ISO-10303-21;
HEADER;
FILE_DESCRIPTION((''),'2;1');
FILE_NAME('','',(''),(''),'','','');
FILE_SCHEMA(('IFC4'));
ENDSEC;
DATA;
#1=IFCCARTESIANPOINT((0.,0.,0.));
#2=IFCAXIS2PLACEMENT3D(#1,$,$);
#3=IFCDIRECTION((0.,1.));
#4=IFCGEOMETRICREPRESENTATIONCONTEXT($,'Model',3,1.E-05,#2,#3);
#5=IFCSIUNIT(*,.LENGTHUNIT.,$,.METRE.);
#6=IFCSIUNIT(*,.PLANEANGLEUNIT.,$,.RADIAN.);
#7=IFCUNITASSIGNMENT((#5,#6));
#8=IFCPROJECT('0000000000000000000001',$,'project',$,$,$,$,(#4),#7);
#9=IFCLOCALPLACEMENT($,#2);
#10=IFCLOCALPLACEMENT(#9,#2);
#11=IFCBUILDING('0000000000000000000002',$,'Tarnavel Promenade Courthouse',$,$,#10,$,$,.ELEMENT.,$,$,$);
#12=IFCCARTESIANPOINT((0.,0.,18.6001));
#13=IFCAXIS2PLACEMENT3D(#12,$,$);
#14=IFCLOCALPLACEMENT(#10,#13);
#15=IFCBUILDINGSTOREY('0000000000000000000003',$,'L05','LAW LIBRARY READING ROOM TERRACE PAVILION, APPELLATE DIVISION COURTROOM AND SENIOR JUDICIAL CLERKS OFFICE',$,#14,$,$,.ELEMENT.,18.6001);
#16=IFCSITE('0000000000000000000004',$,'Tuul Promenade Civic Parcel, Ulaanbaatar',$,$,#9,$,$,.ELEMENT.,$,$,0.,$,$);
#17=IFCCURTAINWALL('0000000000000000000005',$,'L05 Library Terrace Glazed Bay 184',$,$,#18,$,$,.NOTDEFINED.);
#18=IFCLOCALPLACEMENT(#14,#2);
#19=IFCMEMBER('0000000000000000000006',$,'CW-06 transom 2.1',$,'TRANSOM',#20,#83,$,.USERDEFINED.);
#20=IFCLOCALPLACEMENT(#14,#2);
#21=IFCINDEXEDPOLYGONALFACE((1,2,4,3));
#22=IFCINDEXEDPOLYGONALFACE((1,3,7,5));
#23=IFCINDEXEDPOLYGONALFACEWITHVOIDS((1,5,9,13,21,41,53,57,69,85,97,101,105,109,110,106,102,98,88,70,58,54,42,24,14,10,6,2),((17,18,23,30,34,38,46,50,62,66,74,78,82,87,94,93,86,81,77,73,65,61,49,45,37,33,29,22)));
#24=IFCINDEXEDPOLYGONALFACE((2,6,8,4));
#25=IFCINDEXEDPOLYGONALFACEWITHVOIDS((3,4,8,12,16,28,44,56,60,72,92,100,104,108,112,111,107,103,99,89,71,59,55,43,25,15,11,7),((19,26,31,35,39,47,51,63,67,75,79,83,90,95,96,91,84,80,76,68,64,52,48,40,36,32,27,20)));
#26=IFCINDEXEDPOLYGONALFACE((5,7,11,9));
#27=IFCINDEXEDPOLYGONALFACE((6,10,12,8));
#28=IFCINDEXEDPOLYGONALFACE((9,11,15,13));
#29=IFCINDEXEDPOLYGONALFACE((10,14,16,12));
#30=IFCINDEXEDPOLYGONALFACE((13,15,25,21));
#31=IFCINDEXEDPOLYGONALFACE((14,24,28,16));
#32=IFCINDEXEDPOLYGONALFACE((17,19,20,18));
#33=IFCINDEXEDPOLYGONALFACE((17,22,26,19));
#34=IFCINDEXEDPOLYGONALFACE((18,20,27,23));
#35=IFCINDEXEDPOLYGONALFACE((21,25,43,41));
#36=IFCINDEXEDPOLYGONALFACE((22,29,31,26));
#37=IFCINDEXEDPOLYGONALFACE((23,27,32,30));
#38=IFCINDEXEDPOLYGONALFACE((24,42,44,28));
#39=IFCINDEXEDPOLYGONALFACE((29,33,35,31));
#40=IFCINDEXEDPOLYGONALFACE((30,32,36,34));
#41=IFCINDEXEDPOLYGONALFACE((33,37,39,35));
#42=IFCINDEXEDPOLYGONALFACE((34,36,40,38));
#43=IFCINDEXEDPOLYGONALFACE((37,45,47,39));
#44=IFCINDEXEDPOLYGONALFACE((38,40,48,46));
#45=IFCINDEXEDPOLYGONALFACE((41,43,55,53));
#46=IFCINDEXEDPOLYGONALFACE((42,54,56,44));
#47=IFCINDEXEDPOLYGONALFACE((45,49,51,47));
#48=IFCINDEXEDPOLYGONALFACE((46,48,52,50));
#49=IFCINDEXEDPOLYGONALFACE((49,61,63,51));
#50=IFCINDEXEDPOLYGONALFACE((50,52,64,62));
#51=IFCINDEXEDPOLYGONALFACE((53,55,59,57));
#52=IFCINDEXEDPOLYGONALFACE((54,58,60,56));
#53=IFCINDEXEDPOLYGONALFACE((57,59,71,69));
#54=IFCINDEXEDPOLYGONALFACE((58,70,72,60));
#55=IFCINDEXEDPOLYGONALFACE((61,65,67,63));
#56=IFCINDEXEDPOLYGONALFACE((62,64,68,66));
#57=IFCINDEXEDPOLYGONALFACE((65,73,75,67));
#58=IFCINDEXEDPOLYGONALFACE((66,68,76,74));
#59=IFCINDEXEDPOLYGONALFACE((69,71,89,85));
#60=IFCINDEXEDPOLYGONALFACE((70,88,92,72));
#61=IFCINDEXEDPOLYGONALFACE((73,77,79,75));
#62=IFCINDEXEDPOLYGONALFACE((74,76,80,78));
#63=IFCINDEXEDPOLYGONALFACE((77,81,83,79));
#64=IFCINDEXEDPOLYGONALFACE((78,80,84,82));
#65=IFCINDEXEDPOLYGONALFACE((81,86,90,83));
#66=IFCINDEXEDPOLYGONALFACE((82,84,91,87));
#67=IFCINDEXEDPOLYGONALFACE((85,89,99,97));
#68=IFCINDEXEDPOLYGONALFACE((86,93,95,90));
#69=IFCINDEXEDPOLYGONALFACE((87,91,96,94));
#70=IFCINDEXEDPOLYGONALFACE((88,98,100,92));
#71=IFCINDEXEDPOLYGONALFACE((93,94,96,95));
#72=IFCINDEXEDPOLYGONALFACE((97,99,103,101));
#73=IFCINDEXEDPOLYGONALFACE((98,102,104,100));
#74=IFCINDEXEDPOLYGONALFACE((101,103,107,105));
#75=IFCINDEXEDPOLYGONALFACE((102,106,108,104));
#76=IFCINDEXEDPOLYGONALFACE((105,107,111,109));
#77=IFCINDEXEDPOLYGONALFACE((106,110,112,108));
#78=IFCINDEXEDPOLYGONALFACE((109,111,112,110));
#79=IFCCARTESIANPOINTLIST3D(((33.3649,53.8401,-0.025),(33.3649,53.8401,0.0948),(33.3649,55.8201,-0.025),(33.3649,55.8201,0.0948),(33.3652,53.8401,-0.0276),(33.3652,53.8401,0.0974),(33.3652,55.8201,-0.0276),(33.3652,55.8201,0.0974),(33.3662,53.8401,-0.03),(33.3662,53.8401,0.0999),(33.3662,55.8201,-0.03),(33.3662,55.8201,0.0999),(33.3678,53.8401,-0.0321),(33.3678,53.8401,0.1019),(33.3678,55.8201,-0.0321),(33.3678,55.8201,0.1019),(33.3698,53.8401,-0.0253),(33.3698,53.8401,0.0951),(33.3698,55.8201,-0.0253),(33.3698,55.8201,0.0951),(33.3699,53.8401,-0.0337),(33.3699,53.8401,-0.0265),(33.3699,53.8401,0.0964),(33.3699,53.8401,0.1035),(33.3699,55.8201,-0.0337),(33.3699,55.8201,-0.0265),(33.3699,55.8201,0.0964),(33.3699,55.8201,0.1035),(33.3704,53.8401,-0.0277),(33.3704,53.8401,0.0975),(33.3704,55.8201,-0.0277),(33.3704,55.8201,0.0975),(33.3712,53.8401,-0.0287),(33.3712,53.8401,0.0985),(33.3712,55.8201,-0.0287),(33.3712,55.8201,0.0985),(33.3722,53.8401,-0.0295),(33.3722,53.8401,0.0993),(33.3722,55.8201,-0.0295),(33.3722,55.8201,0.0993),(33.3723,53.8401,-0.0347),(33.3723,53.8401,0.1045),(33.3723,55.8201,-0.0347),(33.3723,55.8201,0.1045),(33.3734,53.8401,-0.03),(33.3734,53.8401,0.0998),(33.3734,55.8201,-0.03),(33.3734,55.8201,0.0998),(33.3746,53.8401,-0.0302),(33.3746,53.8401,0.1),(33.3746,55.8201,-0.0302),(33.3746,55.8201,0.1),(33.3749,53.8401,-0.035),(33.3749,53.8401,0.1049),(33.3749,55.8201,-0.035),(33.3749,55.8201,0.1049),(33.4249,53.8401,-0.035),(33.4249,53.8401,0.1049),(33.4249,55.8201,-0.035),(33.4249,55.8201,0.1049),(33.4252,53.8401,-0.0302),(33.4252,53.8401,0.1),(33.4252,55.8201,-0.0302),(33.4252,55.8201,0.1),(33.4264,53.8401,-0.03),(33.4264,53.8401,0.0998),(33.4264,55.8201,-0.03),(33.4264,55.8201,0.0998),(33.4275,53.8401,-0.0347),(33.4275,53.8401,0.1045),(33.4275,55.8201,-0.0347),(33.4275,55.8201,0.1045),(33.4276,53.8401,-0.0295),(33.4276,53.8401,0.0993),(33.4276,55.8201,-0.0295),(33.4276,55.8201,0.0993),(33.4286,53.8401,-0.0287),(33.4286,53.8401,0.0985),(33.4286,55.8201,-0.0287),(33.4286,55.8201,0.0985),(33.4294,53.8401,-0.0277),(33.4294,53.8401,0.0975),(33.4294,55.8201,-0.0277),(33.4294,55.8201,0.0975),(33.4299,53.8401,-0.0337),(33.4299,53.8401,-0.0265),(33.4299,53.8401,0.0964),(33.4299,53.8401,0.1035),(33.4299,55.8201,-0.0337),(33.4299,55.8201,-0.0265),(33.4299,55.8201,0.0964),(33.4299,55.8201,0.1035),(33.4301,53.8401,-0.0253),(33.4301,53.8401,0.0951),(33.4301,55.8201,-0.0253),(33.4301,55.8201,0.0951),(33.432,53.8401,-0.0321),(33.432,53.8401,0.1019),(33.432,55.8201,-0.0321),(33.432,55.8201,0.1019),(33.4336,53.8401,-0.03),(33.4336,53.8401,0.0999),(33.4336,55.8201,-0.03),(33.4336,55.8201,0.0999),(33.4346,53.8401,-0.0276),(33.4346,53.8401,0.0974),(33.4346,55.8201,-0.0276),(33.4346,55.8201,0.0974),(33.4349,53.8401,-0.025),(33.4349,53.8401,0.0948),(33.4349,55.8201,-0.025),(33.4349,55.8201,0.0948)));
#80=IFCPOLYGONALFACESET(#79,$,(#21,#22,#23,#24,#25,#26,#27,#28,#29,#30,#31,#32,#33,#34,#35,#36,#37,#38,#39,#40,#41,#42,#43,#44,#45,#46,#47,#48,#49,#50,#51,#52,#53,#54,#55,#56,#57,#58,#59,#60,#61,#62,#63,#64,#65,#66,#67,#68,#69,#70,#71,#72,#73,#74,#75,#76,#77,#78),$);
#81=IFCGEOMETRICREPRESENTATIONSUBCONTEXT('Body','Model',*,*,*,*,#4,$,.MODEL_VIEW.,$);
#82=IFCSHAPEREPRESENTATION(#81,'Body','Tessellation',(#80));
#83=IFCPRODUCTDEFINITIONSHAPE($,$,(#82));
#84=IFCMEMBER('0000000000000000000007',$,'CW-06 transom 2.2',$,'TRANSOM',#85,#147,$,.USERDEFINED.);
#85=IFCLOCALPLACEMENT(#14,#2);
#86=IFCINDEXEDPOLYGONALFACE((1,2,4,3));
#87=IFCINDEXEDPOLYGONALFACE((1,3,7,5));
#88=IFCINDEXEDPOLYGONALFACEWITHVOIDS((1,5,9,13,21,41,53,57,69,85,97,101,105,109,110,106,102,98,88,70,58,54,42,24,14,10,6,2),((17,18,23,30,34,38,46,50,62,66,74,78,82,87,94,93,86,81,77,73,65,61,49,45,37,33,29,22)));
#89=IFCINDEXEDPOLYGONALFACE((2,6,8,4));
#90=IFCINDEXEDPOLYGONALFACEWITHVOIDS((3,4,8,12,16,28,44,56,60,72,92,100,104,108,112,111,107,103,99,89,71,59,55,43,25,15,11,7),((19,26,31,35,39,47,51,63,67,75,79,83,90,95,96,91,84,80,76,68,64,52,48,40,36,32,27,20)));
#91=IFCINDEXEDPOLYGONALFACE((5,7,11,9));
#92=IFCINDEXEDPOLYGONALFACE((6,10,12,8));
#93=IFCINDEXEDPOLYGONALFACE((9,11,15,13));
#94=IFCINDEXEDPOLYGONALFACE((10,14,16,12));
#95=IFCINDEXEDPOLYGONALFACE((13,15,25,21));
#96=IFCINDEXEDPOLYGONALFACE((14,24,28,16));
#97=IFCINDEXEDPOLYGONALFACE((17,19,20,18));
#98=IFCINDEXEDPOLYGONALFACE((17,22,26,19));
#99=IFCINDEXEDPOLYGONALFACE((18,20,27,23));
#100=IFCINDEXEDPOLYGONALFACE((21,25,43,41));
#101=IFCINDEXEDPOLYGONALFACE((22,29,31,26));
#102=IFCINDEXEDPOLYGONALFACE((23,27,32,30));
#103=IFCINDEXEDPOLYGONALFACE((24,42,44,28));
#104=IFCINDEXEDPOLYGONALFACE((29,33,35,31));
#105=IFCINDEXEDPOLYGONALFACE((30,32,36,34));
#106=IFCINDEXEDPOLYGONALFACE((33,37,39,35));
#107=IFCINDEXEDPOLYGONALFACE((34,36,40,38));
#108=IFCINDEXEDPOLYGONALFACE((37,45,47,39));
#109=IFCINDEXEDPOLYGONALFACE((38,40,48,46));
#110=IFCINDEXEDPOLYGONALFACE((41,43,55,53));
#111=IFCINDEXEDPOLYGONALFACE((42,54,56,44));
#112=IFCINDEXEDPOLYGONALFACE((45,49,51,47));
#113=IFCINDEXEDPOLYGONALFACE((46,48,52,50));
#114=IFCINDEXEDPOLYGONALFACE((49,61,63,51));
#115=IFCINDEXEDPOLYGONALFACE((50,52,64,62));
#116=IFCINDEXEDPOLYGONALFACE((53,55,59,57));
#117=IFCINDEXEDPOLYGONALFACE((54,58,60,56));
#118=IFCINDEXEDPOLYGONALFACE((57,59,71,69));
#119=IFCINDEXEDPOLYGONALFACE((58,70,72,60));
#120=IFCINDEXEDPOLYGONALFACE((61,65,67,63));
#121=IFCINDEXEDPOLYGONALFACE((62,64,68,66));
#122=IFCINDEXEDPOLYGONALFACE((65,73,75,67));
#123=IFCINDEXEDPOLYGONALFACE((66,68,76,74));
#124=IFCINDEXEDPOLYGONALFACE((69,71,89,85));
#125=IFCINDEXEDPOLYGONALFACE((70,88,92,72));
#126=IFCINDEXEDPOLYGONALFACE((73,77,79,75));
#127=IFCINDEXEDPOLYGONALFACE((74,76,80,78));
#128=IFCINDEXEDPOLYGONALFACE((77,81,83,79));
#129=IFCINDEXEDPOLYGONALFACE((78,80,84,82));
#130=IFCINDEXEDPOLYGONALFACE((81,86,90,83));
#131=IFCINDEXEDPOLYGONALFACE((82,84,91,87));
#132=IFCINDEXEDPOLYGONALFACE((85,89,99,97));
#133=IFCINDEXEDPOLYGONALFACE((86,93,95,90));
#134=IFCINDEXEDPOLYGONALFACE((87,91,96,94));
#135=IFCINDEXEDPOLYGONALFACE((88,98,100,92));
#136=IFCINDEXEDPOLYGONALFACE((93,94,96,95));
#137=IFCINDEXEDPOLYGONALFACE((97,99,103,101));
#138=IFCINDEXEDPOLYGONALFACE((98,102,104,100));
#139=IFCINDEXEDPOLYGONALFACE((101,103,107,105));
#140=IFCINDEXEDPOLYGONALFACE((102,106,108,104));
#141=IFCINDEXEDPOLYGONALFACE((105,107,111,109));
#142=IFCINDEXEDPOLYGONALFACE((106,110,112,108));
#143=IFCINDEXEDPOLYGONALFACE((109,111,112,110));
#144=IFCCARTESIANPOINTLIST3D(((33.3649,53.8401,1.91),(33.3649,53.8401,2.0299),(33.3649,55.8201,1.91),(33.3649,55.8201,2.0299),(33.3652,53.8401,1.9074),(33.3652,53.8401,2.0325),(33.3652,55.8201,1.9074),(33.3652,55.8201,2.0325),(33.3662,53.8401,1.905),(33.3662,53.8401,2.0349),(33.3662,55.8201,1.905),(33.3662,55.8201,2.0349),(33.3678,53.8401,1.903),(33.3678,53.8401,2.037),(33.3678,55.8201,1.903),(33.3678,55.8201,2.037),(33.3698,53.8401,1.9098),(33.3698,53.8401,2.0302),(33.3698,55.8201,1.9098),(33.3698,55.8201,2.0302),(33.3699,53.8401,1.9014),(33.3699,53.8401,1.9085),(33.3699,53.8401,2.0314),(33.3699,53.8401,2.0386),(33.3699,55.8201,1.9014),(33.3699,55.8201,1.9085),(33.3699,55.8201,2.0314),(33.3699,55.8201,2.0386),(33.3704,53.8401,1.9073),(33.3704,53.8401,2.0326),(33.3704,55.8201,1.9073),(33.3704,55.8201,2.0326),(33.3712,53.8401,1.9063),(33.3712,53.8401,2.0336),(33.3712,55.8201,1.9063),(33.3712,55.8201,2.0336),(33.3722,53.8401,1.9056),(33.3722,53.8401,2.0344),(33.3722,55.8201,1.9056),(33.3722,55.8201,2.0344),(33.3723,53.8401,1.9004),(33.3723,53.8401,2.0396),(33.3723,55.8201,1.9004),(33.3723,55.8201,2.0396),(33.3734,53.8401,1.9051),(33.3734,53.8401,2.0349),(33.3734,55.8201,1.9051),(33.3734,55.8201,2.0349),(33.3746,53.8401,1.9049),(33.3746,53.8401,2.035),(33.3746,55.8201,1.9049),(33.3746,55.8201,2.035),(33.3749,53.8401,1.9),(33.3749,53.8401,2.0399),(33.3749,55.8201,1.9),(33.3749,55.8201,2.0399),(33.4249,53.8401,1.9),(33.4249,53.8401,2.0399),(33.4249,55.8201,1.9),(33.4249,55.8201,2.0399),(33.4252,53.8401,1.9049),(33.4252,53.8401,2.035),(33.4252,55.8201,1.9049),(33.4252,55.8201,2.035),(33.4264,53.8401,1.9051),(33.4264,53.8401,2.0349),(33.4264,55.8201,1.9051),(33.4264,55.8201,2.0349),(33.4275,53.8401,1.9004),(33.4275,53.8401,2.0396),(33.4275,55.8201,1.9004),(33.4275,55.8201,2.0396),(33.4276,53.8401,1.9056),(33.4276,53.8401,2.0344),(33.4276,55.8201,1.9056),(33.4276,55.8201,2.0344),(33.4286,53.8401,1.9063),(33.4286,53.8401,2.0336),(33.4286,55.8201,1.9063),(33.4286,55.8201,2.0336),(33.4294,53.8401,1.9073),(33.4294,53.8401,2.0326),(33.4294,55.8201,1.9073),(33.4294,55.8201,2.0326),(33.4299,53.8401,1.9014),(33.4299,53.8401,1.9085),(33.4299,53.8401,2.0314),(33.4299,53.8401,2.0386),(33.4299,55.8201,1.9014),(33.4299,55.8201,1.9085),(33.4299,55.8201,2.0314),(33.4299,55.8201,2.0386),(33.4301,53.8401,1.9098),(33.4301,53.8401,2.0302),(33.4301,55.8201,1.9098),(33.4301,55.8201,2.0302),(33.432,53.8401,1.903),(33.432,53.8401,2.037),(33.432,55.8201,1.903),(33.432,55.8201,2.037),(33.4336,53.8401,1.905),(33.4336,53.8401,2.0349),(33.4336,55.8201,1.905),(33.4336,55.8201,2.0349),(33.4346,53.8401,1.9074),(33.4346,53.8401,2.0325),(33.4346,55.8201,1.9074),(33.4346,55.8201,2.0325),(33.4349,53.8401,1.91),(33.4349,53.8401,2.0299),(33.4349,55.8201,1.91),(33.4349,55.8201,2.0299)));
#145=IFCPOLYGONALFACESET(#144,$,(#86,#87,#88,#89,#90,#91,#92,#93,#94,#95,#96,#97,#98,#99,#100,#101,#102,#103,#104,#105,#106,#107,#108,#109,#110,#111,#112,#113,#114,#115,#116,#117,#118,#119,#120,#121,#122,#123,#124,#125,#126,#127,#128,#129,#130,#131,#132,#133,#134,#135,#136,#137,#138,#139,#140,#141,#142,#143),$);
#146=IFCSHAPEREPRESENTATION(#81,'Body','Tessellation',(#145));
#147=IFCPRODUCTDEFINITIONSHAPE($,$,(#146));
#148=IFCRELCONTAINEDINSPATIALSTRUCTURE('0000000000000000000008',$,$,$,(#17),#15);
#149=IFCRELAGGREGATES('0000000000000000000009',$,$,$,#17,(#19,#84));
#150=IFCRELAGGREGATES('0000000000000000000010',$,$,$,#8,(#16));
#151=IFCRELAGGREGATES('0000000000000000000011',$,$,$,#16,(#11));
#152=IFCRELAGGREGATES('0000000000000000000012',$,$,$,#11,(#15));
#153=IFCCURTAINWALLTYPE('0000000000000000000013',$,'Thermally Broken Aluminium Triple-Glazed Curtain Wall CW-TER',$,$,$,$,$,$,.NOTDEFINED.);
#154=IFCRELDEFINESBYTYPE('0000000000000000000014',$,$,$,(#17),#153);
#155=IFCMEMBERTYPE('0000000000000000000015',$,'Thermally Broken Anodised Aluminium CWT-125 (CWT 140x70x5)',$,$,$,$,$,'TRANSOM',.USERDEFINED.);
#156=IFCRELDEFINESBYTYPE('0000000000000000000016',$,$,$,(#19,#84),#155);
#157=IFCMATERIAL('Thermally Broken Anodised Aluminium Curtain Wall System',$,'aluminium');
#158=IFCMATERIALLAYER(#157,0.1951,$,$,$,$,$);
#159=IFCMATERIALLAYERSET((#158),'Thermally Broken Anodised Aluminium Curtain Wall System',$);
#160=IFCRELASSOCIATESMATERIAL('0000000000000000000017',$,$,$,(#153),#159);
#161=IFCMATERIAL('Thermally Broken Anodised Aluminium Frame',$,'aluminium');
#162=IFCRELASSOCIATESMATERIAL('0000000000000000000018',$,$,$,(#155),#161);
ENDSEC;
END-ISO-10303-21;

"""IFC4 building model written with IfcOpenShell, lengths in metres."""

from ifc_helpers import new_model, si_unit, direction, frame, origin, origin_2d, place, context, subcontext, project, spatial, hollow_rectangle, extrude, material, layer, layer_set, material_profile, profile_set, type_object, element, aggregate, save


model = new_model("IFC4")

# Units and contexts
model_context = context("Model", 3, precision=1e-05, world=origin(), true_north=direction((0.0, 1.0)))
body_context = subcontext(model_context, "Body", "Model", "MODEL_VIEW")
ifc_project = project(units=[si_unit("LENGTHUNIT", "METRE"), si_unit("PLANEANGLEUNIT", "RADIAN")], contexts=[model_context])

# Site, building, storey
site_placement = place(None, origin())
site = spatial("IfcSite", under=ifc_project, at=site_placement, Name="Tuul Promenade Civic Parcel, Ulaanbaatar", CompositionType="ELEMENT", RefElevation=0.0)
building_placement = place(site_placement, origin())
building = spatial("IfcBuilding", under=site, at=building_placement, Name="Tarnavel Promenade Courthouse", CompositionType="ELEMENT")
storey_placement = place(building_placement, frame((0.0, 0.0, 18.6001)))
storey = spatial("IfcBuildingStorey", under=building, at=storey_placement, Name="L05", Description="LAW LIBRARY READING ROOM TERRACE PAVILION, APPELLATE DIVISION COURTROOM AND SENIOR JUDICIAL CLERKS OFFICE", CompositionType="ELEMENT", Elevation=18.6001)

# Curtain wall, members
ifc_material_1 = material(Name="Thermally Broken Anodised Aluminium Curtain Wall System", Category="aluminium")
ifc_layer_1 = layer(ifc_material_1, 0.1951)
ifc_layer_set_1 = layer_set([ifc_layer_1], Name="Thermally Broken Anodised Aluminium Curtain Wall System")
curtain_wall_type = type_object("IfcCurtainWallType", Name="Thermally Broken Aluminium Triple-Glazed Curtain Wall CW-TER", PredefinedType="NOTDEFINED", material=ifc_layer_set_1)
curtain_wall_placement = place(storey_placement, origin())
curtain_wall = element("IfcCurtainWall", 1, at=curtain_wall_placement, inside=storey, type_object=curtain_wall_type, Name="L05 Library Terrace Glazed Bay 184", PredefinedType="NOTDEFINED")
ifc_material_2 = material(Name="Thermally Broken Anodised Aluminium Frame", Category="aluminium")
ifc_material_profile_1 = material_profile(ifc_material_2, hollow_rectangle(XDim=0.0701, YDim=0.1399, WallThickness=0.0049, InnerFilletRadius=0.0049, OuterFilletRadius=0.01, at=origin_2d()), Name="CWT 140x70x5")
ifc_profile_set_1 = profile_set([ifc_material_profile_1], Name="Thermally Broken Anodised Aluminium Frame")
member_type_1 = type_object("IfcMemberType", Name="Thermally Broken Anodised Aluminium CWT-125 (CWT 140x70x5)", ElementType="TRANSOM", PredefinedType="USERDEFINED", material=ifc_profile_set_1)
member_1_placement = place(storey_placement, frame((33.3999, 53.8401, 0.0349), z_axis=(0.0, 1.0, 0.0), x_axis=(-1.0, 0.0, 0.0)))
member_1 = element("IfcMember", 2, at=member_1_placement, type_object=member_type_1, Name="CW-06 transom 2.1", ObjectType="TRANSOM", PredefinedType="USERDEFINED", context=body_context, shape_type="SweptSolid", body=[
    extrude(hollow_rectangle(XDim=0.0701, YDim=0.1399, WallThickness=0.0049, InnerFilletRadius=0.0049, OuterFilletRadius=0.01, at=origin_2d()), origin(), (0.0, 0.0, 1.0), 1.98),
])
member_2_placement = place(storey_placement, frame((33.3999, 53.8401, 1.97), z_axis=(0.0, 1.0, 0.0), x_axis=(-1.0, 0.0, 0.0)))
member_2 = element("IfcMember", 3, at=member_2_placement, type_object=member_type_1, Name="CW-06 transom 2.2", ObjectType="TRANSOM", PredefinedType="USERDEFINED", context=body_context, shape_type="SweptSolid", body=[
    extrude(hollow_rectangle(XDim=0.0701, YDim=0.1399, WallThickness=0.0049, InnerFilletRadius=0.0049, OuterFilletRadius=0.01, at=origin_2d()), origin(), (0.0, 0.0, 1.0), 1.98),
])
aggregate(curtain_wall, [member_1, member_2])

save(model, "model.ifc")
